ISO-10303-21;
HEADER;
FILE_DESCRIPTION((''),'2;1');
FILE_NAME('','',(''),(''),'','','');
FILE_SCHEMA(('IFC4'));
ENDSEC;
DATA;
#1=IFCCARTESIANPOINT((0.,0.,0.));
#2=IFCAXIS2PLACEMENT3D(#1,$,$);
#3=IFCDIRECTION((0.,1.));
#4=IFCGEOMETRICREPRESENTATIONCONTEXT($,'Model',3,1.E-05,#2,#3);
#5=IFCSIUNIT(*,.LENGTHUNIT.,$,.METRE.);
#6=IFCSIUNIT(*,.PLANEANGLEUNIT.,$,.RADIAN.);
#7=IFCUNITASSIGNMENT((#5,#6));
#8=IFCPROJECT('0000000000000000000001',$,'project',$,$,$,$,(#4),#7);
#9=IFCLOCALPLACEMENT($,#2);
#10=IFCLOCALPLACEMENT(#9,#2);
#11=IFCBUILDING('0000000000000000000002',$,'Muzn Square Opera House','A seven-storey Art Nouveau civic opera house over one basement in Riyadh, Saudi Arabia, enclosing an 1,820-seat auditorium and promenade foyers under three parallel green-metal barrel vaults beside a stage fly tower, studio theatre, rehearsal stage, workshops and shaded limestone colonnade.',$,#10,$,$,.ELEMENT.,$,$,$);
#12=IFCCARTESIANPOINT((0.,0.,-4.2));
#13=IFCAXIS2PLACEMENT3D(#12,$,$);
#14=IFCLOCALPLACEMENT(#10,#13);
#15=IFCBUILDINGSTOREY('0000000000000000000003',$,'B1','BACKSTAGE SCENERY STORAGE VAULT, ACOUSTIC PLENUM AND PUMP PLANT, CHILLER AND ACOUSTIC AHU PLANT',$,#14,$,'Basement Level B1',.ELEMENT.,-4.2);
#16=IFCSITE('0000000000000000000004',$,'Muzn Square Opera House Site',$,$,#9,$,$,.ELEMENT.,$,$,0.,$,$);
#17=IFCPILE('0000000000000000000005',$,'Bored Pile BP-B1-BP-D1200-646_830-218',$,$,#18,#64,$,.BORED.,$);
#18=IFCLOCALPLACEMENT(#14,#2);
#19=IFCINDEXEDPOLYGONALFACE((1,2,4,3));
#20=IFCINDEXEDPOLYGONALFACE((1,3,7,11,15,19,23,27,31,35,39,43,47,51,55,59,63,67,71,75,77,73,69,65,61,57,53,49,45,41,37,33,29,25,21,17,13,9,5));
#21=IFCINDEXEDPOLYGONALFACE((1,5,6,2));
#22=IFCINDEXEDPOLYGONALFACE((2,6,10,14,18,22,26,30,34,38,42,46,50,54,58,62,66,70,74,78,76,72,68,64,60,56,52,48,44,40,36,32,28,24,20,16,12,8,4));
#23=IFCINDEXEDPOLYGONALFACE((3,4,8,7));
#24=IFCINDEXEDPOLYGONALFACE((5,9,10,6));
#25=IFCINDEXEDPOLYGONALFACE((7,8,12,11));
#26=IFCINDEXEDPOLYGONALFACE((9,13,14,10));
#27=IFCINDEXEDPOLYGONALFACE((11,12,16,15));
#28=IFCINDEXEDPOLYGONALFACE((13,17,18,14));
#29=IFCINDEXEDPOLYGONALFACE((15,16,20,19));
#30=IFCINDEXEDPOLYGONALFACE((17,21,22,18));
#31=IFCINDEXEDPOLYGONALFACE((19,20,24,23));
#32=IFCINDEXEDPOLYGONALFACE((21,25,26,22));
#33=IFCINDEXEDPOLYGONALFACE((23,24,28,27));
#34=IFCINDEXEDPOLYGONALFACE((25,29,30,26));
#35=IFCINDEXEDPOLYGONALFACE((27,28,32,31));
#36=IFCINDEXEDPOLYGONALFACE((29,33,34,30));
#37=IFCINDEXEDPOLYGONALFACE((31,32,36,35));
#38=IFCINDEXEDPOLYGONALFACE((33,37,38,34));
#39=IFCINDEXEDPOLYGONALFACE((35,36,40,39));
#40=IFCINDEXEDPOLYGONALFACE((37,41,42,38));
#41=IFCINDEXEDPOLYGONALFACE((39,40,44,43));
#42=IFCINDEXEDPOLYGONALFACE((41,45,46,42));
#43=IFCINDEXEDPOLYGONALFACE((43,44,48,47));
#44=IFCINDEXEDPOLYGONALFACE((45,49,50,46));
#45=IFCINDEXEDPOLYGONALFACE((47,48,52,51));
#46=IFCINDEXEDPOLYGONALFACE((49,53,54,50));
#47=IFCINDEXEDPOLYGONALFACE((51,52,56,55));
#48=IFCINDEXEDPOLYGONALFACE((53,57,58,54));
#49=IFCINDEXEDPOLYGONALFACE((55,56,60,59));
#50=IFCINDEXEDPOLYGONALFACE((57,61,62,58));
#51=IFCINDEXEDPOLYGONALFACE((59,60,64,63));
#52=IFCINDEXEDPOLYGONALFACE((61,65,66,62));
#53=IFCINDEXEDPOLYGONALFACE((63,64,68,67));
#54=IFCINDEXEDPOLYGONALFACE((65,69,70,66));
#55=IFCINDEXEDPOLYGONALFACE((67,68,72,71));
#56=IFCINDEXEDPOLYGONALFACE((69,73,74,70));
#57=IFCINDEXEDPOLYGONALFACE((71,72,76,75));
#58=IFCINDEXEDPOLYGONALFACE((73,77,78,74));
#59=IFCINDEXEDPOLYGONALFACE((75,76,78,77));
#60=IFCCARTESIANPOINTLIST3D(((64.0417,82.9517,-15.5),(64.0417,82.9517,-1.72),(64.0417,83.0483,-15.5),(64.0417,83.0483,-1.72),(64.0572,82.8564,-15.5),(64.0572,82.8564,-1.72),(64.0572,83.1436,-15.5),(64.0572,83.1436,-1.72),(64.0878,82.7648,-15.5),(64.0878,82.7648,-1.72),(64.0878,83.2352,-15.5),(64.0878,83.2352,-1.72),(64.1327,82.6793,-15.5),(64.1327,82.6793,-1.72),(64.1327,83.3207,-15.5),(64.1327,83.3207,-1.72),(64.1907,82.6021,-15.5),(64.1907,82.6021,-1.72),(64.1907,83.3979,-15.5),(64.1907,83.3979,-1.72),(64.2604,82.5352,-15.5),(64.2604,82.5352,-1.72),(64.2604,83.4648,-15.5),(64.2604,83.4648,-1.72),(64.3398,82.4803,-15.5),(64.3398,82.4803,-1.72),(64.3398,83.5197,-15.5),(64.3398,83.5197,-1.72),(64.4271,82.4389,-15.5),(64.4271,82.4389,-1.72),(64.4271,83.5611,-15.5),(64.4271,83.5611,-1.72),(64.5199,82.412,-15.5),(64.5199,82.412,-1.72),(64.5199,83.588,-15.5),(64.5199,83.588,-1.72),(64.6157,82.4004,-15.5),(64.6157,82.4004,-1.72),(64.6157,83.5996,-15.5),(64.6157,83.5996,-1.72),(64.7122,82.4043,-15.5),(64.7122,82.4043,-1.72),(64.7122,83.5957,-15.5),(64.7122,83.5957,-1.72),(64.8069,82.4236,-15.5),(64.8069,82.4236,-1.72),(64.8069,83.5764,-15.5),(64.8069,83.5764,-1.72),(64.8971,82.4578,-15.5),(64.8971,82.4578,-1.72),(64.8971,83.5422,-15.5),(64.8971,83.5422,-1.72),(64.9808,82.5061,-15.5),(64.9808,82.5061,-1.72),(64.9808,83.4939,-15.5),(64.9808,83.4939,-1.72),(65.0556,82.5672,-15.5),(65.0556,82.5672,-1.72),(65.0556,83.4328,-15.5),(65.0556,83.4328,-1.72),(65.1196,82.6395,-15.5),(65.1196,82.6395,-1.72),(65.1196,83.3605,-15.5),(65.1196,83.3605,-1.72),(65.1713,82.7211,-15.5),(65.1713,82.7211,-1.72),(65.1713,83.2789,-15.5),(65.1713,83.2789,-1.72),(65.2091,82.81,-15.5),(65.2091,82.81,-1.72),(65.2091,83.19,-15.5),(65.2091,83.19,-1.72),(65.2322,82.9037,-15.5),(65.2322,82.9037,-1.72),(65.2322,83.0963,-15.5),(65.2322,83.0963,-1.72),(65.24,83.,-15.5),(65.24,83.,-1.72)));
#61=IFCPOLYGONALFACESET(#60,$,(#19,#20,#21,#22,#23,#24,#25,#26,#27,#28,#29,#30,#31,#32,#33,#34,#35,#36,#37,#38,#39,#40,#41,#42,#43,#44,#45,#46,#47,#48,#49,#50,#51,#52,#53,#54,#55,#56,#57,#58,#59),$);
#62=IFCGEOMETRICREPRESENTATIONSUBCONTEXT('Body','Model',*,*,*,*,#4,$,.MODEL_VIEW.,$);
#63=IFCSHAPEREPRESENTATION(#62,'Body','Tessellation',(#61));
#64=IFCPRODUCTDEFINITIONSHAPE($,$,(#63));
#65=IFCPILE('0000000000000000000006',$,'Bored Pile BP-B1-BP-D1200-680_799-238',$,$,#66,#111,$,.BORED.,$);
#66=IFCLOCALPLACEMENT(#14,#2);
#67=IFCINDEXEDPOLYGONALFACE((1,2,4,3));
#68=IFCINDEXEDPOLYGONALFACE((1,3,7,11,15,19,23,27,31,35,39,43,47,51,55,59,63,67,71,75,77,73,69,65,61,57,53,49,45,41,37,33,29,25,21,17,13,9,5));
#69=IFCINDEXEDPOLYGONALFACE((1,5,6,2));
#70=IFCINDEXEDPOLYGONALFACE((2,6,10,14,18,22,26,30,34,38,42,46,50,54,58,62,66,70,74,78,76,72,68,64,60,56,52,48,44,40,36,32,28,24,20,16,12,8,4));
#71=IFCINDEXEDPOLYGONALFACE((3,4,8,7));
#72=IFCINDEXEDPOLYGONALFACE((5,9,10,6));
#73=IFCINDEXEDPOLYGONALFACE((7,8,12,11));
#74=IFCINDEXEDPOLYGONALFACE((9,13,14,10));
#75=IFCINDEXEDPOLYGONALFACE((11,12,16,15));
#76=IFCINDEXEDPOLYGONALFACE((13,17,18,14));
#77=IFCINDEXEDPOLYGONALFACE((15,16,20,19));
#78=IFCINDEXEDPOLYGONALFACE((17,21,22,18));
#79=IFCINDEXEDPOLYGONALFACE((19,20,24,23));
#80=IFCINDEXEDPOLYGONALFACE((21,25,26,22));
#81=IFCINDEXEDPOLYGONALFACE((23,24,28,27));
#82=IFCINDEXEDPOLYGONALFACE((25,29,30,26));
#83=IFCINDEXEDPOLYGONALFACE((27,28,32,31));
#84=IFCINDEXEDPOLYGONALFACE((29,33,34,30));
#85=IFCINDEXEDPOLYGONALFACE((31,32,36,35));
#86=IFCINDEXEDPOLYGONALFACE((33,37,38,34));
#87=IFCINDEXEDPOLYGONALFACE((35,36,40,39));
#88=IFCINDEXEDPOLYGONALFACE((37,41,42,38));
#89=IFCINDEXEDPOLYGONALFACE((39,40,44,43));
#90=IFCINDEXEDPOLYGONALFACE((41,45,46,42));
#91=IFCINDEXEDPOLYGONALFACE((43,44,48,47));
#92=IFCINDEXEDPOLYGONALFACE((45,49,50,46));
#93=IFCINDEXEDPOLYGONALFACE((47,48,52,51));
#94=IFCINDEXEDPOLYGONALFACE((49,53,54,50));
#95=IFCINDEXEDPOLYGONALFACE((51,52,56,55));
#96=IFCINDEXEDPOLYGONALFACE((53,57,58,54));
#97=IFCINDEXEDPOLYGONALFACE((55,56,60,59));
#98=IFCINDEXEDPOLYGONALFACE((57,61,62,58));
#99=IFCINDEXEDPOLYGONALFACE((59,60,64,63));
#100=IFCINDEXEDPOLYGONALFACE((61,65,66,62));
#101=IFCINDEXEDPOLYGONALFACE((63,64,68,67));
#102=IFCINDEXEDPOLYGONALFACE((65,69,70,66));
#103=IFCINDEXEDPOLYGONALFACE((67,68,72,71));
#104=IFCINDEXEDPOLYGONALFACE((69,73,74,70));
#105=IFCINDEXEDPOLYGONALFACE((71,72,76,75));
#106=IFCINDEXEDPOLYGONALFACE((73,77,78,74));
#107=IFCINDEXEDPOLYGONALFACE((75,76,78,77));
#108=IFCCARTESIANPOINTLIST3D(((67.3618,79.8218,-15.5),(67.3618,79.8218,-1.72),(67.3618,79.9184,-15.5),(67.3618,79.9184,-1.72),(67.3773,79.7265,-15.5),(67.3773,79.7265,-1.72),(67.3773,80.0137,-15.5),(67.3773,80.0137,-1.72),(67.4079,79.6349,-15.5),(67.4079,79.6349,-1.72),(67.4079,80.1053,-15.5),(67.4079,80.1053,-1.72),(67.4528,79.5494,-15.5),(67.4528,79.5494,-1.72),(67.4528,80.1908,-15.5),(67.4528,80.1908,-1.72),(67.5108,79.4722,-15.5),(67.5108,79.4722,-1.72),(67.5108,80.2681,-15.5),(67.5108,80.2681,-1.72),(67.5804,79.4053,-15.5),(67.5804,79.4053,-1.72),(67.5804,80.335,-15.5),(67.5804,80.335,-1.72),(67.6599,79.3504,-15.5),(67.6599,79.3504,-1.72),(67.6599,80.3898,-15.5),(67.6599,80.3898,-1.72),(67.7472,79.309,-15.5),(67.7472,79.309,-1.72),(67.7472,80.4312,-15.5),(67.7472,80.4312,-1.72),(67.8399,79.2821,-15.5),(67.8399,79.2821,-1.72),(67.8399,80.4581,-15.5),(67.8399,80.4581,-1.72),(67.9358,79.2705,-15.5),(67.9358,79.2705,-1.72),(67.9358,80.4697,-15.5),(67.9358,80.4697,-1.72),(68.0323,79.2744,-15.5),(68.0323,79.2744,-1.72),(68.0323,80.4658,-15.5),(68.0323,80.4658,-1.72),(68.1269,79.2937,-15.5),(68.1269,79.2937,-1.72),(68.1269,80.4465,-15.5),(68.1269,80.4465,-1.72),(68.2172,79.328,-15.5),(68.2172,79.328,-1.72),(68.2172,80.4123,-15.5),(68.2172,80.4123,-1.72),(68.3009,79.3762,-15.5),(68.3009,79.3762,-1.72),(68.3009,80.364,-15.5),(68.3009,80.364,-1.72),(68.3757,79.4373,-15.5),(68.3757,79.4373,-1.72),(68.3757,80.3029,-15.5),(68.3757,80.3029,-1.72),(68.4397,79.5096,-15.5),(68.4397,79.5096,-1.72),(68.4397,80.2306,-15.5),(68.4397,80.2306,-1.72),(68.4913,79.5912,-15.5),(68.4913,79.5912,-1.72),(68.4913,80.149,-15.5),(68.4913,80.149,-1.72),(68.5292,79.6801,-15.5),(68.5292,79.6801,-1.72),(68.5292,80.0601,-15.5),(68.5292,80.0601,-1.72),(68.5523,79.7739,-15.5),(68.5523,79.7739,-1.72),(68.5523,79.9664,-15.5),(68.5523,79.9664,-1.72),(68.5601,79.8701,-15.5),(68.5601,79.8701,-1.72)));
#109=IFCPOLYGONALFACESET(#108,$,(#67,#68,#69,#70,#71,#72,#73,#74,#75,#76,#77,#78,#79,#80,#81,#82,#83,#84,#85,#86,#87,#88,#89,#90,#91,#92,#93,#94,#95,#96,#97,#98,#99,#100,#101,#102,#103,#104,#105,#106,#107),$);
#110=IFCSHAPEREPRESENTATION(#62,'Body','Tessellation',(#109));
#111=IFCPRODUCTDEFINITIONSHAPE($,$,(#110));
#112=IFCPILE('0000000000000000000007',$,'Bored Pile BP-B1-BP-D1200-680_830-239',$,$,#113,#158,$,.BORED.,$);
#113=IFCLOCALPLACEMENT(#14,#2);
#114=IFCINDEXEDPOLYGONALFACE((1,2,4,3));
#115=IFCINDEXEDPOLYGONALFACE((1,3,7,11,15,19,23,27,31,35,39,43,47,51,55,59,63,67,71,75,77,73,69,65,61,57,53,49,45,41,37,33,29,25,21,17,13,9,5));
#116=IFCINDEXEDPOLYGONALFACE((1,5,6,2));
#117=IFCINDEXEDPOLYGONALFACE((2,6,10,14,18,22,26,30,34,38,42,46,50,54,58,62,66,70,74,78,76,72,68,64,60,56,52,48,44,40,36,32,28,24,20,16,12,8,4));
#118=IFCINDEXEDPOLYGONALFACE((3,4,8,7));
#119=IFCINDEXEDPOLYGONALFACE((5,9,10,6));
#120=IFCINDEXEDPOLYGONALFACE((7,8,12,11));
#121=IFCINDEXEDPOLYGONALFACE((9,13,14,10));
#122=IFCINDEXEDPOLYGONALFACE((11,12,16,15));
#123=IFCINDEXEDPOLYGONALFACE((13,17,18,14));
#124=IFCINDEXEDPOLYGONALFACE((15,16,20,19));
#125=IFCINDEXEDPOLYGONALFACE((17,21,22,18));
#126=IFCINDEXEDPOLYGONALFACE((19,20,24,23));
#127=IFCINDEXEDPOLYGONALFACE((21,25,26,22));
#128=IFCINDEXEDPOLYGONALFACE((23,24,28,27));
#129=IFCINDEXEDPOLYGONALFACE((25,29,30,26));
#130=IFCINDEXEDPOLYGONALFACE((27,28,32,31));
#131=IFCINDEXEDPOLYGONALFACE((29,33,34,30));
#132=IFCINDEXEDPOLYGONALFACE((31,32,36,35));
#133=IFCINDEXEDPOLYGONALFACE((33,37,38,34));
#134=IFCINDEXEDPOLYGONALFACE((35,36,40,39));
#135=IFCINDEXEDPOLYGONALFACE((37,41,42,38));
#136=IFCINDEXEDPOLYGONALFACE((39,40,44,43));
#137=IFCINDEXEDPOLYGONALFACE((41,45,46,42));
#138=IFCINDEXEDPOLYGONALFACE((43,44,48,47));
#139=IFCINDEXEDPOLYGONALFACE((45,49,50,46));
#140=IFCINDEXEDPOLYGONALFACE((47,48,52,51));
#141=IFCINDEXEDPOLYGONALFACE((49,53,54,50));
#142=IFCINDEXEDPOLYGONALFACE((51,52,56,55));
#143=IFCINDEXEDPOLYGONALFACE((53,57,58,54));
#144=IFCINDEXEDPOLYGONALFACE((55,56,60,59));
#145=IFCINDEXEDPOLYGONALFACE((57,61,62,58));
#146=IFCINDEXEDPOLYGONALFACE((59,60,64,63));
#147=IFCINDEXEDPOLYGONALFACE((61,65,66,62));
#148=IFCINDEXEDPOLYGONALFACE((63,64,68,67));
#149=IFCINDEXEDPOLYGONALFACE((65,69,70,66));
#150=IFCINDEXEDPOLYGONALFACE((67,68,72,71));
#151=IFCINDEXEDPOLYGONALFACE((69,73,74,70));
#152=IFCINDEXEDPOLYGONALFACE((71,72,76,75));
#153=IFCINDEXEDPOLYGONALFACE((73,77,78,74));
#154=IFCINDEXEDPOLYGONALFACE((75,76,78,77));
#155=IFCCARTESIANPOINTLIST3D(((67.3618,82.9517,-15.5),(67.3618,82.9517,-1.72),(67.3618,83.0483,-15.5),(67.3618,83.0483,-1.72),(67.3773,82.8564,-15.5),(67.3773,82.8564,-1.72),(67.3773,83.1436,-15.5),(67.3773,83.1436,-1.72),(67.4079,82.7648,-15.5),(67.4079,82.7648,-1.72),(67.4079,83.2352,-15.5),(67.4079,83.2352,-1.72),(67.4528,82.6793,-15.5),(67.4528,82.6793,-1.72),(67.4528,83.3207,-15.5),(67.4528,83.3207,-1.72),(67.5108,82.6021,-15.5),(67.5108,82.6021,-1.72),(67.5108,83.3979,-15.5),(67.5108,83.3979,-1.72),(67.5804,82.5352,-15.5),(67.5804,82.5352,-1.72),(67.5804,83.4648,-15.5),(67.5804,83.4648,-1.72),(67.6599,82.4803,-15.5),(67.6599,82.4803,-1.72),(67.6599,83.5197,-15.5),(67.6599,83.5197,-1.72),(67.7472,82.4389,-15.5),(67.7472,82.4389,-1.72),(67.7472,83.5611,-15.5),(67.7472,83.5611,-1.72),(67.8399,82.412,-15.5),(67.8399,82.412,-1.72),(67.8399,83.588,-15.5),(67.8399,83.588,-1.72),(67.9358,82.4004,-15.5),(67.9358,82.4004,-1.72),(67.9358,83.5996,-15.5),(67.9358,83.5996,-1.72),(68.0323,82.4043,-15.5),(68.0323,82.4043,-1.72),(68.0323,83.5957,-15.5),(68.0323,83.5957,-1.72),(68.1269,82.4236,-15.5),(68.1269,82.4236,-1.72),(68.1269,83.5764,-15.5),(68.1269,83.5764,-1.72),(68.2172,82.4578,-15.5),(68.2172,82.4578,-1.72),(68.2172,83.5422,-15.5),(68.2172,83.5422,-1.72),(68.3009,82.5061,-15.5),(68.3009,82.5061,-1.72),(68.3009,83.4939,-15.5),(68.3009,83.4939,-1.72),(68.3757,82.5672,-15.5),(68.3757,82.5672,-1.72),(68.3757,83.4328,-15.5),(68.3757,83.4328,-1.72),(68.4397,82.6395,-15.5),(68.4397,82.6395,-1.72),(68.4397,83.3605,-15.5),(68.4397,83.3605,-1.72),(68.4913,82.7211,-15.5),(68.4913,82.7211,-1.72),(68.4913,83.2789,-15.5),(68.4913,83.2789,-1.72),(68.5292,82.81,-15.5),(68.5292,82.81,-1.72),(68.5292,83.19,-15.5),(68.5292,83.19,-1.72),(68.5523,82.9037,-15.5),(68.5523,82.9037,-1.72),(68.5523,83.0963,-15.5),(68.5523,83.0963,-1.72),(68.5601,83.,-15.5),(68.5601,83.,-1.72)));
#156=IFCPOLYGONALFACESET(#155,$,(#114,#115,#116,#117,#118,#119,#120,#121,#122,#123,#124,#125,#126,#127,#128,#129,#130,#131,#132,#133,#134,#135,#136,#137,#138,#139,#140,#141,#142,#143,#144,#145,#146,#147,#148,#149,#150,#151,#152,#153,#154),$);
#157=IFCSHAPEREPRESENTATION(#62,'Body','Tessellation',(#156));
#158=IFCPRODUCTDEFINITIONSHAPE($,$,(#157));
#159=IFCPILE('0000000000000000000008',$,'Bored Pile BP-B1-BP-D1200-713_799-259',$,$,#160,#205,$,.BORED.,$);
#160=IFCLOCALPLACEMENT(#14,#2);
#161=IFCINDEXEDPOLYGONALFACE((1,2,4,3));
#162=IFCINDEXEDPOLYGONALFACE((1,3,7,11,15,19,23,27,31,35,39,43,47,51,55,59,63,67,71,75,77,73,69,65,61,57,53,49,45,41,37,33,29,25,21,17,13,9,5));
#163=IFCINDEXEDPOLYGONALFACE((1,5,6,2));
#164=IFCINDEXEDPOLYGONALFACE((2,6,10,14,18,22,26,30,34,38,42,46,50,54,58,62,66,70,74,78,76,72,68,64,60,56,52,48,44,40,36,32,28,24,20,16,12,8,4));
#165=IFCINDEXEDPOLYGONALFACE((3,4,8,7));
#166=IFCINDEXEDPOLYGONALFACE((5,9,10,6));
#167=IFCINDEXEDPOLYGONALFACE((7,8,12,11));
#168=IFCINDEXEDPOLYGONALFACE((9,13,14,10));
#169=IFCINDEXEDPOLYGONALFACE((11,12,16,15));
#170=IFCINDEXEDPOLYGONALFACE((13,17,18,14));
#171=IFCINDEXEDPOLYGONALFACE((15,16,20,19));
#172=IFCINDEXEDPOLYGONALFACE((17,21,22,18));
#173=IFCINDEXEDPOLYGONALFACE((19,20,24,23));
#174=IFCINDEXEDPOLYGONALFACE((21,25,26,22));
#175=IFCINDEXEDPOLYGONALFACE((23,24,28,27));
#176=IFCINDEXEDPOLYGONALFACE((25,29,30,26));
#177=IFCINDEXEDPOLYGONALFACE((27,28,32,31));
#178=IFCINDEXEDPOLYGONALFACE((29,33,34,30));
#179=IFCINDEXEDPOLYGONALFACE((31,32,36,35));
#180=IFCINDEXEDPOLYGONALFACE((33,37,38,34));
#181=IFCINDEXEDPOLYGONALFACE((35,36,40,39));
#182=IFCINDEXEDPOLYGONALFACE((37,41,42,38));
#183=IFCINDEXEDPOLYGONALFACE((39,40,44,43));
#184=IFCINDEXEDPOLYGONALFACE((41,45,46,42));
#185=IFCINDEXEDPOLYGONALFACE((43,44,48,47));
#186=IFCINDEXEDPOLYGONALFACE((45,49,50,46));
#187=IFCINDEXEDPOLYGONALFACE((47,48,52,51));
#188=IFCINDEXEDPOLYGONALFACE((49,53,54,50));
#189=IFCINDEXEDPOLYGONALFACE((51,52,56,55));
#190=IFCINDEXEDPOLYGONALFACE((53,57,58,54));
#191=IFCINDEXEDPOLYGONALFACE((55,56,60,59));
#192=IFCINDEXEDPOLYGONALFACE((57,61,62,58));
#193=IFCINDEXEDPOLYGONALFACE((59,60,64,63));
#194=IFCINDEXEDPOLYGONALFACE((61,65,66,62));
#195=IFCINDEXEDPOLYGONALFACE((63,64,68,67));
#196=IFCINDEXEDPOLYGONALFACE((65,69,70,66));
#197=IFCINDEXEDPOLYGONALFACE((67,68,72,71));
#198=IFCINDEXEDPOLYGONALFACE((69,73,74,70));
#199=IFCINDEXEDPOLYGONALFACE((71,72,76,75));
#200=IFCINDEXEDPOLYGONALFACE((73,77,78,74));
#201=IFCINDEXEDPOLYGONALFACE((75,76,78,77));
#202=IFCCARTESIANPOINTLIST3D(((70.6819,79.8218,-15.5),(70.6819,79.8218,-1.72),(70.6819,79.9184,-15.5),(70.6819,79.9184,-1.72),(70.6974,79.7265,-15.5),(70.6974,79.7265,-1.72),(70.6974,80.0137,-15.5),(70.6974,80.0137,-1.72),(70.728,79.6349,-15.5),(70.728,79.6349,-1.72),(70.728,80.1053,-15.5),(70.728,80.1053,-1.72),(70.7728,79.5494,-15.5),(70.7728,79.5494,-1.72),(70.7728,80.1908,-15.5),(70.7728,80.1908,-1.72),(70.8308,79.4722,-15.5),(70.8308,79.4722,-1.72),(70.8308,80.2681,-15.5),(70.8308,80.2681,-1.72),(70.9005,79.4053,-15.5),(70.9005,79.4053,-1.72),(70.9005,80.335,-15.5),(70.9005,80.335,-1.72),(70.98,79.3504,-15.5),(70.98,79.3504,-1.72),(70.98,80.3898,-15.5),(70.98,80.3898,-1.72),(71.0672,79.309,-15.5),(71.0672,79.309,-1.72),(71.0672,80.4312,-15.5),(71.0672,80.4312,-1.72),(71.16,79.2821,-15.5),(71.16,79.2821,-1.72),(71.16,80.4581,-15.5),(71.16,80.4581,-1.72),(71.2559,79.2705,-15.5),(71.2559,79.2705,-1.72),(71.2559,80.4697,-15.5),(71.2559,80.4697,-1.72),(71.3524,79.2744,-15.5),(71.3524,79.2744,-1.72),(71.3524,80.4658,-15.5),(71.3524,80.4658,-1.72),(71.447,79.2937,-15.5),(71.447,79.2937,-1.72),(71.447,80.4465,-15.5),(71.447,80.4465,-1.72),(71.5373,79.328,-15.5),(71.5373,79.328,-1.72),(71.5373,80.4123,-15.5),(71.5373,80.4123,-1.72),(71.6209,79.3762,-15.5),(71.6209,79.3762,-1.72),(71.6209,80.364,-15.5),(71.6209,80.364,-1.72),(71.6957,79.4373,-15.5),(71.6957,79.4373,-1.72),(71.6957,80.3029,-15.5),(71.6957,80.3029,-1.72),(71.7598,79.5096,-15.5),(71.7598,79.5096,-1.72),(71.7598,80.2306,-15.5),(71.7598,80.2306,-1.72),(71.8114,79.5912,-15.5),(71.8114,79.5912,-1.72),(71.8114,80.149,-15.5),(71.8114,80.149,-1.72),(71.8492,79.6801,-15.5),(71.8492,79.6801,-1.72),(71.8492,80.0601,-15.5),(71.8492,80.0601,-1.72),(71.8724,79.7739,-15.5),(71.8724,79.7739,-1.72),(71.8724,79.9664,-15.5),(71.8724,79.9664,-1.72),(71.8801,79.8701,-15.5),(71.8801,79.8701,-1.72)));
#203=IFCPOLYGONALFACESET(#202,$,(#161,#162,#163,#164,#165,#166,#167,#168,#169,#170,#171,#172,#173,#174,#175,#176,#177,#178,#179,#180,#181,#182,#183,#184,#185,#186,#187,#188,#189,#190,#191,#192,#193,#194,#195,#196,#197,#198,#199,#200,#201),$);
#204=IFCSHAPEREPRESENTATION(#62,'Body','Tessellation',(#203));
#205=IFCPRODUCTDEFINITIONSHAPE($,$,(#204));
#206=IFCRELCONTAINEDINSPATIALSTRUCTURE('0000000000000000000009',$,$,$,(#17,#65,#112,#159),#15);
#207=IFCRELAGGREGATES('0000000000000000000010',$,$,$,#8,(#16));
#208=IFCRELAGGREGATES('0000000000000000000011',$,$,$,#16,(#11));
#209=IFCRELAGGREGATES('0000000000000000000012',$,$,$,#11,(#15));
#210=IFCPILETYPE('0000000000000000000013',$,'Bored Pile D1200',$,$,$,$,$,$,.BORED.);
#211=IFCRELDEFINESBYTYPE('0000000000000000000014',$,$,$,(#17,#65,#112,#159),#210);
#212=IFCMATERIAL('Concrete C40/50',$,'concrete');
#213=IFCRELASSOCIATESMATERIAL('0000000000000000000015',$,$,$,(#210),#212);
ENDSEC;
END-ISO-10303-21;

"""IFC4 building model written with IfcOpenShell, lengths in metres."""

from ifc_helpers import new_model, si_unit, direction, frame, origin, origin_2d, place, context, subcontext, project, spatial, circle, extrude, material, material_profile, profile_set, type_object, element, save


model = new_model("IFC4")

# Units and contexts
model_context = context("Model", 3, precision=1e-05, world=origin(), true_north=direction((0.0, 1.0)))
body_context = subcontext(model_context, "Body", "Model", "MODEL_VIEW")
ifc_project = project(units=[si_unit("LENGTHUNIT", "METRE"), si_unit("PLANEANGLEUNIT", "RADIAN")], contexts=[model_context])

# Site, building, storey
site_placement = place(None, origin())
site = spatial("IfcSite", under=ifc_project, at=site_placement, Name="Muzn Square Opera House Site", CompositionType="ELEMENT", RefElevation=0.0)
building_placement = place(site_placement, origin())
building = spatial("IfcBuilding", under=site, at=building_placement, Name="Muzn Square Opera House", Description="A seven-storey Art Nouveau civic opera house over one basement in Riyadh, Saudi Arabia, enclosing an 1,820-seat auditorium and promenade foyers under three parallel green-metal barrel vaults beside a stage fly tower, studio theatre, rehearsal stage, workshops and shaded limestone colonnade.", CompositionType="ELEMENT")
storey_placement = place(building_placement, frame((0.0, 0.0, -4.2)))
storey = spatial("IfcBuildingStorey", under=building, at=storey_placement, Name="B1", Description="BACKSTAGE SCENERY STORAGE VAULT, ACOUSTIC PLENUM AND PUMP PLANT, CHILLER AND ACOUSTIC AHU PLANT", LongName="Basement Level B1", CompositionType="ELEMENT", Elevation=-4.2)

# Piles
ifc_material_1 = material(Name="Concrete C40/50", Category="concrete")
ifc_material_profile_1 = material_profile(ifc_material_1, circle(Radius=0.6001, at=origin_2d()), Name="BORED PILE D1200", Category="concrete")
ifc_profile_set_1 = profile_set([ifc_material_profile_1], Name="Concrete C40/50")
pile_type = type_object("IfcPileType", Name="Bored Pile D1200", PredefinedType="BORED", material=ifc_profile_set_1)
for number, where, z_axis, x_axis, name in (
    (1, (64.6399, 83.0, -1.72), (0.0, 0.0, -1.0), (1.0, 0.0, 0.0), "Bored Pile BP-B1-BP-D1200-646_830-218"),
    (2, (67.96, 79.8701, -1.72), (0.0, 0.0, -1.0), (1.0, 0.0, 0.0), "Bored Pile BP-B1-BP-D1200-680_799-238"),
    (3, (67.96, 83.0, -1.72), (0.0, 0.0, -1.0), (1.0, 0.0, 0.0), "Bored Pile BP-B1-BP-D1200-680_830-239"),
    (4, (71.28, 79.8701, -1.72), (0.0, 0.0, -1.0), (1.0, 0.0, 0.0), "Bored Pile BP-B1-BP-D1200-713_799-259"),
):
    element("IfcPile", number, at=place(storey_placement, frame(where, z_axis=z_axis, x_axis=x_axis)), inside=storey, type_object=pile_type, Name=name, PredefinedType="BORED", context=body_context, shape_type="SweptSolid", body=[
        extrude(circle(Radius=0.6001, at=origin_2d()), origin(), (0.0, 0.0, 1.0), 13.78),
    ])

save(model, "model.ifc")
